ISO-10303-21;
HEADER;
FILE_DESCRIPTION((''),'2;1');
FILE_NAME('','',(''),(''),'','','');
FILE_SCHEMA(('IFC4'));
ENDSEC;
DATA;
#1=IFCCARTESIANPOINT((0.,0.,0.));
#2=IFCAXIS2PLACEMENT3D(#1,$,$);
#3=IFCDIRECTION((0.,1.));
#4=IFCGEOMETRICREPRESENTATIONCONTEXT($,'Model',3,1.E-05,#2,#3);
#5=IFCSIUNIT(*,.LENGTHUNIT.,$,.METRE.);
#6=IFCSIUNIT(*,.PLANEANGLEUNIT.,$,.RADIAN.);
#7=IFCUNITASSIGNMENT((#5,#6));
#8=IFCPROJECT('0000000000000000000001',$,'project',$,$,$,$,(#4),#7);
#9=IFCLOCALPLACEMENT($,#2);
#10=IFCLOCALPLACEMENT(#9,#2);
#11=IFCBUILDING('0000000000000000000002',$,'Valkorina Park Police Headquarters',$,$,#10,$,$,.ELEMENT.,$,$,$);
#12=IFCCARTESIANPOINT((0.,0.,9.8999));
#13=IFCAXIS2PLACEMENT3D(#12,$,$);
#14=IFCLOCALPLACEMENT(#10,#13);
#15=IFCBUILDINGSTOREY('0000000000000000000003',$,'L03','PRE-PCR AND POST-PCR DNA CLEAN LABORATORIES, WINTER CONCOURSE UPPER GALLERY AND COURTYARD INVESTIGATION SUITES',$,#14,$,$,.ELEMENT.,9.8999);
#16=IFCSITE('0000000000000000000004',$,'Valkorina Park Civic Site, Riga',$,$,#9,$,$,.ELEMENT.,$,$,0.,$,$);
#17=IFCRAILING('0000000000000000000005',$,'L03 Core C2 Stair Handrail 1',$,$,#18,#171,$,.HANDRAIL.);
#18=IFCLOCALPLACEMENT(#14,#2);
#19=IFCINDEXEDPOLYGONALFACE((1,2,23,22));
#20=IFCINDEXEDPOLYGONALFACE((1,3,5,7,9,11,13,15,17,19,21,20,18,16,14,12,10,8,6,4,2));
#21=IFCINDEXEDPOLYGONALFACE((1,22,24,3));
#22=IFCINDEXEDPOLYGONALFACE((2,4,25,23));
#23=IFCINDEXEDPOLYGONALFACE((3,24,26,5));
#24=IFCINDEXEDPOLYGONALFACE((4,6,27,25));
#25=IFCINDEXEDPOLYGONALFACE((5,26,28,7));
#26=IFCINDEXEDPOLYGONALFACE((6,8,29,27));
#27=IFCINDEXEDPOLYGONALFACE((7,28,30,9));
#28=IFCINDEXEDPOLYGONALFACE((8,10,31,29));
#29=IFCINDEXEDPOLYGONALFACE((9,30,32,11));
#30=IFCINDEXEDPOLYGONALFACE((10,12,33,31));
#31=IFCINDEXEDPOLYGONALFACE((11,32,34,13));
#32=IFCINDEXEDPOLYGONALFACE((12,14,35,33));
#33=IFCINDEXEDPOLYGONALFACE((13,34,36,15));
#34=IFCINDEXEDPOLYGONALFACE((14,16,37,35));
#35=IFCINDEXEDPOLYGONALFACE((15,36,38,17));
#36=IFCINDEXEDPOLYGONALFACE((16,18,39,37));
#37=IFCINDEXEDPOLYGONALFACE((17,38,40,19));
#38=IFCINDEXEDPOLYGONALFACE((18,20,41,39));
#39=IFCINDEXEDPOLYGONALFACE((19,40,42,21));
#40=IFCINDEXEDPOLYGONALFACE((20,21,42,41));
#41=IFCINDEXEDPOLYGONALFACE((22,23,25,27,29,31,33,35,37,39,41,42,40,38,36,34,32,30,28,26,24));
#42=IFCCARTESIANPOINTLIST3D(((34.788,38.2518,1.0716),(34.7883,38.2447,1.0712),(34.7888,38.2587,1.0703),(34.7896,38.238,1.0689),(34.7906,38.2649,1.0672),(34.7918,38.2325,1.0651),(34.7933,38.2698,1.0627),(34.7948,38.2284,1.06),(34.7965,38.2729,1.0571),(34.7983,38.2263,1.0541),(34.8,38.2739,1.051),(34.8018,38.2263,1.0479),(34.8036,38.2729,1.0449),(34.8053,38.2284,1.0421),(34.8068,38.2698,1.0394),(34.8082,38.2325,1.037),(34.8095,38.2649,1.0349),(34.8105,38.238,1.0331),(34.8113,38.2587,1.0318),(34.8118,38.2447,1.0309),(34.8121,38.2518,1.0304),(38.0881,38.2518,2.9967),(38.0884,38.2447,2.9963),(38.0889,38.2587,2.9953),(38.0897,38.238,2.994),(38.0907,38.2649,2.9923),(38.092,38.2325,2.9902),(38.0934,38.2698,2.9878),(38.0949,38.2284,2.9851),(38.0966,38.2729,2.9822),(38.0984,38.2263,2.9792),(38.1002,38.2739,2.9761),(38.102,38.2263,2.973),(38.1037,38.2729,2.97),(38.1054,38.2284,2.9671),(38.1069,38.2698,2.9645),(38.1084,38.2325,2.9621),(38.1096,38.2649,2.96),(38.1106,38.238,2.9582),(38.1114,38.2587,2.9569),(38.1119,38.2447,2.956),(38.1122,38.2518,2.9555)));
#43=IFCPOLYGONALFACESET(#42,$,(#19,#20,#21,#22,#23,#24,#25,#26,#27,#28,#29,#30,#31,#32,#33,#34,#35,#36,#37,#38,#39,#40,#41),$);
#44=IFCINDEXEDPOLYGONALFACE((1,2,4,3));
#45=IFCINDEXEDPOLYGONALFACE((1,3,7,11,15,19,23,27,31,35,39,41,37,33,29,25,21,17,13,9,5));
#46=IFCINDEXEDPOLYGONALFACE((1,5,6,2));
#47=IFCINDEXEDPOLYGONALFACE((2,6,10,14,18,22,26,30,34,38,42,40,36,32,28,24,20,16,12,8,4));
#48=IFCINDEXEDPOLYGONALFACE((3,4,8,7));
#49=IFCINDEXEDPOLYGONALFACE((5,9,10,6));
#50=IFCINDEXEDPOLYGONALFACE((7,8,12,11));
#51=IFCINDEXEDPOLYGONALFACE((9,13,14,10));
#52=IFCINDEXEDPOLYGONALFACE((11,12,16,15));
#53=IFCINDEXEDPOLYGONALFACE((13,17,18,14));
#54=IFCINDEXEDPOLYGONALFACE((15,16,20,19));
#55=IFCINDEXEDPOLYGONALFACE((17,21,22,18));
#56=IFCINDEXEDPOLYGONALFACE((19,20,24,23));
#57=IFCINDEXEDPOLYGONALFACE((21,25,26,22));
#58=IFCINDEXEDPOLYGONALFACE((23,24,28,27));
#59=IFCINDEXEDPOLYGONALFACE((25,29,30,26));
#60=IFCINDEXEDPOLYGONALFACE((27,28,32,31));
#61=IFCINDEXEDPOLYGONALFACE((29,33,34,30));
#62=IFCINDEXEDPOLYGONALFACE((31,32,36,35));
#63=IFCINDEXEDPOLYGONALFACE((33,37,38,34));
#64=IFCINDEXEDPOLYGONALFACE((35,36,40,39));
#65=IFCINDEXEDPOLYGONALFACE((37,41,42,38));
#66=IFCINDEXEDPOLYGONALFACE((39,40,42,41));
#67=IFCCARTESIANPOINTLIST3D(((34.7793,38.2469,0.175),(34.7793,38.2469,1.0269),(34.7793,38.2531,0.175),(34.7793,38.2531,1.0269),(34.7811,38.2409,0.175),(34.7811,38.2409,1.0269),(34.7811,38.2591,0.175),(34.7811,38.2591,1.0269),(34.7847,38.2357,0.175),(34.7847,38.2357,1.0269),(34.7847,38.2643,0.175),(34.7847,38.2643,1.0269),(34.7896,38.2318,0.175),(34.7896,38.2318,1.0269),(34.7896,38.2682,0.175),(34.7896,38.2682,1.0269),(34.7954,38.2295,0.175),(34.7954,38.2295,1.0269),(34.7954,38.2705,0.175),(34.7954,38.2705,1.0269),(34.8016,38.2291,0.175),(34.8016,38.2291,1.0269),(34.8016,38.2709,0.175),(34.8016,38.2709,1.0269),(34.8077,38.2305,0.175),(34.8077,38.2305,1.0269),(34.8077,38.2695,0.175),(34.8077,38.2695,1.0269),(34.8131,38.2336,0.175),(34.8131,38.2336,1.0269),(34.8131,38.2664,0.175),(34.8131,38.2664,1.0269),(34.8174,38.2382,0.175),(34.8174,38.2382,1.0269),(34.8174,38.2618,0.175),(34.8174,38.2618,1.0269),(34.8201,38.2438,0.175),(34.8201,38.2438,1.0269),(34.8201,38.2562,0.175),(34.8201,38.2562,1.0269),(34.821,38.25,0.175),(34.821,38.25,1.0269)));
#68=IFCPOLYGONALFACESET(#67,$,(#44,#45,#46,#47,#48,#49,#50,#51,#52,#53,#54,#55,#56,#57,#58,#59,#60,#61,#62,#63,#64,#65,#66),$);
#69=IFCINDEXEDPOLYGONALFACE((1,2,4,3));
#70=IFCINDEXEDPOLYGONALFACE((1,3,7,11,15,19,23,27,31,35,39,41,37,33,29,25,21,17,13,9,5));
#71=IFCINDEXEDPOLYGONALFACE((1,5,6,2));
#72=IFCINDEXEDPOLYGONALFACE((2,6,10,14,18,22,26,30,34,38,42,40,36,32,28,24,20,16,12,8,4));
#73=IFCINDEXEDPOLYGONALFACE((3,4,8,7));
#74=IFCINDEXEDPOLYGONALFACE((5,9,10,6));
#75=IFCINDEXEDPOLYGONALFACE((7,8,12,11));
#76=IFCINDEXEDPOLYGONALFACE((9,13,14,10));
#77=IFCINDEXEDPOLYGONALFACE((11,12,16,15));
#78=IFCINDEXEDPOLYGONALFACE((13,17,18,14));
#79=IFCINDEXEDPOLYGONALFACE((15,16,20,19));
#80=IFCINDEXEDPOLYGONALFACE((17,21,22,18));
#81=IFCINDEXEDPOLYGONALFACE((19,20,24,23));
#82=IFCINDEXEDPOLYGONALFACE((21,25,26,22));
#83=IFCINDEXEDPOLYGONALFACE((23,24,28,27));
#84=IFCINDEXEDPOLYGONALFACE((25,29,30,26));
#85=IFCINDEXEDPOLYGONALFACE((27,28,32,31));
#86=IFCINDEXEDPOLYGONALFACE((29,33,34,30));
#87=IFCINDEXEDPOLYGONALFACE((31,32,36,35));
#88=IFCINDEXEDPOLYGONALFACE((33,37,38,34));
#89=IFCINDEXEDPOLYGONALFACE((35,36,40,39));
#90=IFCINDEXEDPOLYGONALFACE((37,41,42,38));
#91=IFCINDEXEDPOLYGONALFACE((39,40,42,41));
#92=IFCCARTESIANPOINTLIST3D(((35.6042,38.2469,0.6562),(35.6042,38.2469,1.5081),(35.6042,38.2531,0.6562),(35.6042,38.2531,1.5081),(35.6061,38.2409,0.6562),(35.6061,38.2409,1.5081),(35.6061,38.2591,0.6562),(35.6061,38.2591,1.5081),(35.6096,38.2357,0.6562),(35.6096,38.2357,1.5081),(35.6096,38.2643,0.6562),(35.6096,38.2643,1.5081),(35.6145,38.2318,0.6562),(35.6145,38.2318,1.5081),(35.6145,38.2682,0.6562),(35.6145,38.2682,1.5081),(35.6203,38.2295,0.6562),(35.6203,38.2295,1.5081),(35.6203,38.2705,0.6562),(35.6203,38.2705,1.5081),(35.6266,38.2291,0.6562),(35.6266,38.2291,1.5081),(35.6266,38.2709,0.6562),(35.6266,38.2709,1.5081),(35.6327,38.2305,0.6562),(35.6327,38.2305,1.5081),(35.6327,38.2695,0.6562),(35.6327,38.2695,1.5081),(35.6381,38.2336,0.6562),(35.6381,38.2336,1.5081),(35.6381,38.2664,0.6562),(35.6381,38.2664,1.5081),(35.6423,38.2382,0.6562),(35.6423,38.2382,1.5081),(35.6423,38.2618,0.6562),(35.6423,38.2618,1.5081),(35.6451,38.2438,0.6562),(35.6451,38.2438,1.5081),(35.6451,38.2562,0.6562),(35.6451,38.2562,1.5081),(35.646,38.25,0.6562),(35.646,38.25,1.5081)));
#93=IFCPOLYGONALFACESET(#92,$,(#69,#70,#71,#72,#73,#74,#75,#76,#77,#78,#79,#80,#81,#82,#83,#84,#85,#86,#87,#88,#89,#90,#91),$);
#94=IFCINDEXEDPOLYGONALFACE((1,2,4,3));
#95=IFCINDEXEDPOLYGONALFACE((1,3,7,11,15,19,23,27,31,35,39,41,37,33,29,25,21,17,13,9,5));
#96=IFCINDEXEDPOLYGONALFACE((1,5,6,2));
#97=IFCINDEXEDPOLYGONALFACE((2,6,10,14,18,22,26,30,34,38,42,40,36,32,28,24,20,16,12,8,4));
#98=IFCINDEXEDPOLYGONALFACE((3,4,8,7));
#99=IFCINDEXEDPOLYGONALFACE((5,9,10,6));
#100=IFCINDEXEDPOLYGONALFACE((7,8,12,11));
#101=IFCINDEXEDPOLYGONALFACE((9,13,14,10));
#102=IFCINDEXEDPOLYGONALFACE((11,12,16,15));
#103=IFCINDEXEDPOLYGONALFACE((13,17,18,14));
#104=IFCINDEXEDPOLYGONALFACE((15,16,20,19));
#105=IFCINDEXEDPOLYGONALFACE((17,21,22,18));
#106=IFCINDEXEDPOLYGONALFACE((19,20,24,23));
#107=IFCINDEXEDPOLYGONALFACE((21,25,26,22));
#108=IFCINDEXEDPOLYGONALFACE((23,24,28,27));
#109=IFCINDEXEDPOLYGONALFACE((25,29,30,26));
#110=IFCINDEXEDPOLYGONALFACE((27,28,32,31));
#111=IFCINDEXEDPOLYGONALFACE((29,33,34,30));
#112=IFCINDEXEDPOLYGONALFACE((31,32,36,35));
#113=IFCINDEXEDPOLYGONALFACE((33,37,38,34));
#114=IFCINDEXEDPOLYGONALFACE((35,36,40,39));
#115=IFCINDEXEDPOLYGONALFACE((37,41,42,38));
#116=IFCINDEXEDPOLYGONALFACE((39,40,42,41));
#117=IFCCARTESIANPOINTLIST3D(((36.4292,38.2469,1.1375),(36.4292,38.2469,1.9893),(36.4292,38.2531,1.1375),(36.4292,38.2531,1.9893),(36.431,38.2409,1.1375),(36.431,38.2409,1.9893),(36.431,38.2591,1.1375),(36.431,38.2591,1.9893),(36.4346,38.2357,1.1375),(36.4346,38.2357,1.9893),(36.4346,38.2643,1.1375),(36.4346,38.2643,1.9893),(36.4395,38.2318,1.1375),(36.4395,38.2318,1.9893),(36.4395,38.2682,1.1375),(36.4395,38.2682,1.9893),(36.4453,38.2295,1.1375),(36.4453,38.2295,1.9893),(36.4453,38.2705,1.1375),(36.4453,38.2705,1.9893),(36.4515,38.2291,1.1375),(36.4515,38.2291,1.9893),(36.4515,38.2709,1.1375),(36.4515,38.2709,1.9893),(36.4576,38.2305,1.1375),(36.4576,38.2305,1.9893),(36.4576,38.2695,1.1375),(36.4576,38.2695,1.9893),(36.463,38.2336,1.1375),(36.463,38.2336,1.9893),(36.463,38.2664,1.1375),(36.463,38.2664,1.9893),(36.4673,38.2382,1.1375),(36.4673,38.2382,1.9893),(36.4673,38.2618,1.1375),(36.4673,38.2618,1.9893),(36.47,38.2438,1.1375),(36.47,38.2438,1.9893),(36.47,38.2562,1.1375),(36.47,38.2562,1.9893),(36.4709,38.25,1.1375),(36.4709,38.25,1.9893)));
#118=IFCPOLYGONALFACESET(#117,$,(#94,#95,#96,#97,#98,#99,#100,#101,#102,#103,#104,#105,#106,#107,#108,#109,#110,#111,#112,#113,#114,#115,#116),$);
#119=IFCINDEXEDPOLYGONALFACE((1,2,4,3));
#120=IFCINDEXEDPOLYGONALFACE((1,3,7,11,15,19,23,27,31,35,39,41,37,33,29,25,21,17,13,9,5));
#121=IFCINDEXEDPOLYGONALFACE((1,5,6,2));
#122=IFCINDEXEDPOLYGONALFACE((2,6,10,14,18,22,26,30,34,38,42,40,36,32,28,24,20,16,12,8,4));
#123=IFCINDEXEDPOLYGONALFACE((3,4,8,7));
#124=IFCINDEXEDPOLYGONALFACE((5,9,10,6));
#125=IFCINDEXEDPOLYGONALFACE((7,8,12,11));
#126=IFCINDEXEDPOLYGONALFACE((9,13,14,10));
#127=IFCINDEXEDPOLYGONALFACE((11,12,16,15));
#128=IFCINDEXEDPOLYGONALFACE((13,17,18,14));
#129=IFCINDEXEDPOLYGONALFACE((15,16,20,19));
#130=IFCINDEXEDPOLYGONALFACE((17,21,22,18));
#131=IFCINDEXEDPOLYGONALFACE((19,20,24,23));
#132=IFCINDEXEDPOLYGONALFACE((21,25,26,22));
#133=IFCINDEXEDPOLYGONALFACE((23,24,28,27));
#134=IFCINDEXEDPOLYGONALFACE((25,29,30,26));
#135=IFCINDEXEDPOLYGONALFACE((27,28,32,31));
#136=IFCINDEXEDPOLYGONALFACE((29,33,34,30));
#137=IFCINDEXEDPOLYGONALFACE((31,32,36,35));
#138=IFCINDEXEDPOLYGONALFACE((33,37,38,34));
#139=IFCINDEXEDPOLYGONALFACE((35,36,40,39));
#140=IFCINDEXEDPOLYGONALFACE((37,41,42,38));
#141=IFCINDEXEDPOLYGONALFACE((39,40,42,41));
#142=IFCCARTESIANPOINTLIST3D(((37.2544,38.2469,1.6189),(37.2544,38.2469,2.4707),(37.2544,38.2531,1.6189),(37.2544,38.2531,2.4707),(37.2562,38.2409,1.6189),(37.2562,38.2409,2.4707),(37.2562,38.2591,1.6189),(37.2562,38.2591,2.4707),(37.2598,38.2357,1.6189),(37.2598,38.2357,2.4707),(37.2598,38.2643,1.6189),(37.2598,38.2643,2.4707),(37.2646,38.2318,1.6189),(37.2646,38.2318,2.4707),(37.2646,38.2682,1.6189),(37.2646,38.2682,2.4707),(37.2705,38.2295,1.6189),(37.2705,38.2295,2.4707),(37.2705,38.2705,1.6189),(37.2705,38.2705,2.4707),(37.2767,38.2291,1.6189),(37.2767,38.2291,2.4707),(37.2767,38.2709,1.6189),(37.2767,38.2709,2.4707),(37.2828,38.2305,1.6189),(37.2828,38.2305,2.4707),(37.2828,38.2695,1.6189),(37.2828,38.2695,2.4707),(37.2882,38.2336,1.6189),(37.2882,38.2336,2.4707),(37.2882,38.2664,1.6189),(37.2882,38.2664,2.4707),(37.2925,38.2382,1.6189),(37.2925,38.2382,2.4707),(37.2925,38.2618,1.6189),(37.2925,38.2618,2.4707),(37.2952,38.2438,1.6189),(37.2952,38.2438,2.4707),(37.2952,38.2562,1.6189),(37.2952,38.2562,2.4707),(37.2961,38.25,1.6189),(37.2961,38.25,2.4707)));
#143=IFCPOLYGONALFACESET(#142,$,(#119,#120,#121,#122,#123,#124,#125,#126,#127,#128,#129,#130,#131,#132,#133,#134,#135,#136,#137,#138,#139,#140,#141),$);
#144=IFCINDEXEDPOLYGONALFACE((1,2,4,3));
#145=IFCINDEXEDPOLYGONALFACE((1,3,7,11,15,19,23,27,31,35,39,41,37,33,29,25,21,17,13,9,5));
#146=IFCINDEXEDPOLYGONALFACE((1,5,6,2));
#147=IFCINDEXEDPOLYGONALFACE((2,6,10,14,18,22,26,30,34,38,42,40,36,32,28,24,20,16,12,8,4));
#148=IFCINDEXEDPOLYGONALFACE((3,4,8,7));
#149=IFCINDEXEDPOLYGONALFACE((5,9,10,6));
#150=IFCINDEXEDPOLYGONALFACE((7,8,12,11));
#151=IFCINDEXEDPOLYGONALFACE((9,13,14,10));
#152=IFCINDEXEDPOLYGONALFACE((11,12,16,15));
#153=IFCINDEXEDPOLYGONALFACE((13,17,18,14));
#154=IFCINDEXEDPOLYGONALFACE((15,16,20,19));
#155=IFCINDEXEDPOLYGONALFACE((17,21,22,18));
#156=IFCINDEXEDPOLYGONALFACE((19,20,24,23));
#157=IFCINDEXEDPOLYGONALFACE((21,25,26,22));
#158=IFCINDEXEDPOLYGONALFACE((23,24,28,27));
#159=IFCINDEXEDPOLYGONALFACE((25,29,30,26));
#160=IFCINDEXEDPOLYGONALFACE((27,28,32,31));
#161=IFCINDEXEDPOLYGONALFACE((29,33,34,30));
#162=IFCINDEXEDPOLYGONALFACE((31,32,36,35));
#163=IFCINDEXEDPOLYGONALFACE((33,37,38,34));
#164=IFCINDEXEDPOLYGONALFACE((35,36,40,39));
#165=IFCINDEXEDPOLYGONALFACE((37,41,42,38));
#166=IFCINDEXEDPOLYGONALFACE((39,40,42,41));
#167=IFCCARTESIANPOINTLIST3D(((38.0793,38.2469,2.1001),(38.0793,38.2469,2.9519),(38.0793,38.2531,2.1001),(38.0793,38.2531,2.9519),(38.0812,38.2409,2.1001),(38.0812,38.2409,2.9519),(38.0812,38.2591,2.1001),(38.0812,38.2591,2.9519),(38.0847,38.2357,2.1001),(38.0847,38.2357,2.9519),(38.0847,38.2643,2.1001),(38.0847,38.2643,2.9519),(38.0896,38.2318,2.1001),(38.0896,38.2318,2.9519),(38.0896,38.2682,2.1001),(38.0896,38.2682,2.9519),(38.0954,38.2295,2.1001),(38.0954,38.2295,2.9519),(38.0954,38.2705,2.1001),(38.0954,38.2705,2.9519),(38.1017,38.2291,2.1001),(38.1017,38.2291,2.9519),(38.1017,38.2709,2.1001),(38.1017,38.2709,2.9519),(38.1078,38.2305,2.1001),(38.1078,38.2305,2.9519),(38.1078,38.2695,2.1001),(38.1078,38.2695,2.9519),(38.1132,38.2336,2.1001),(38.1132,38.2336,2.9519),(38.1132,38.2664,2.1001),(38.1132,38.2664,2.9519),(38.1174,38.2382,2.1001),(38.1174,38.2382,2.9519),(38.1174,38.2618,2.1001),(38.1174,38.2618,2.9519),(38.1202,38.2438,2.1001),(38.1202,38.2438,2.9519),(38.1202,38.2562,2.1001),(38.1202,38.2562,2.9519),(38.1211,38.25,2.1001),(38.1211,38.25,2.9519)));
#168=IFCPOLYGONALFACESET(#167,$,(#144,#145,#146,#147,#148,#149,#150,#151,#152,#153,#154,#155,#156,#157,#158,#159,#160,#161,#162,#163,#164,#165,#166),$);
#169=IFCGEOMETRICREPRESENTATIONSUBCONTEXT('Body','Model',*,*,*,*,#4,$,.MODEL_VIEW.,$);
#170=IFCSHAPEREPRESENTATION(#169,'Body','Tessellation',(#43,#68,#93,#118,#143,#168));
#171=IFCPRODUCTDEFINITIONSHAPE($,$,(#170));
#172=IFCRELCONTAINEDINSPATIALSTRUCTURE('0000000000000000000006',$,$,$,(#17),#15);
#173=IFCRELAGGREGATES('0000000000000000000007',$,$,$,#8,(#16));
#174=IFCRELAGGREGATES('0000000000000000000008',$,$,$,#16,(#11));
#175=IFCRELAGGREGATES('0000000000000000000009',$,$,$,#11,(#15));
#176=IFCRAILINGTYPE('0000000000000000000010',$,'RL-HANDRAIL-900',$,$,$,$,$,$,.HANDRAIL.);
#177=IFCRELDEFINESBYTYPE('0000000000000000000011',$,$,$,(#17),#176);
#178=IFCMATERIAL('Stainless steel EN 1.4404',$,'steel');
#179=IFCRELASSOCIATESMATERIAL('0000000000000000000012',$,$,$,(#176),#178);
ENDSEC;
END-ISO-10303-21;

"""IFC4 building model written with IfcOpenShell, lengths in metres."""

from ifc_helpers import new_model, si_unit, direction, frame, origin, origin_2d, place, context, subcontext, project, spatial, circle, extrude, material, type_object, element, save


model = new_model("IFC4")

# Units and contexts
model_context = context("Model", 3, precision=1e-05, world=origin(), true_north=direction((0.0, 1.0)))
body_context = subcontext(model_context, "Body", "Model", "MODEL_VIEW")
ifc_project = project(units=[si_unit("LENGTHUNIT", "METRE"), si_unit("PLANEANGLEUNIT", "RADIAN")], contexts=[model_context])

# Site, building, storey
site_placement = place(None, origin())
site = spatial("IfcSite", under=ifc_project, at=site_placement, Name="Valkorina Park Civic Site, Riga", CompositionType="ELEMENT", RefElevation=0.0)
building_placement = place(site_placement, origin())
building = spatial("IfcBuilding", under=site, at=building_placement, Name="Valkorina Park Police Headquarters", CompositionType="ELEMENT")
storey_placement = place(building_placement, frame((0.0, 0.0, 9.8999)))
storey = spatial("IfcBuildingStorey", under=building, at=storey_placement, Name="L03", Description="PRE-PCR AND POST-PCR DNA CLEAN LABORATORIES, WINTER CONCOURSE UPPER GALLERY AND COURTYARD INVESTIGATION SUITES", CompositionType="ELEMENT", Elevation=9.8999)

# Railing
ifc_material_1 = material(Name="Stainless steel EN 1.4404", Category="steel")
railing_type = type_object("IfcRailingType", Name="RL-HANDRAIL-900", PredefinedType="HANDRAIL", material=ifc_material_1)
railing_placement = place(storey_placement, frame((34.8, 38.25, 0.175)))
element("IfcRailing", 1, at=railing_placement, inside=storey, type_object=railing_type, Name="L03 Core C2 Stair Handrail 1", PredefinedType="HANDRAIL", context=body_context, shape_type="SweptSolid", body=[
    extrude(circle(Radius=0.0239, at=origin_2d()), frame((0.0, 0.0, 0.876), z_axis=(0.863777, 0.0, 0.503875), x_axis=(0.0, 1.0, 0.0)), (0.0, 0.0, 1.0), 3.8206),
    extrude(circle(Radius=0.021, at=origin_2d()), origin(), (0.0, 0.0, 1.0), 0.8518),
    extrude(circle(Radius=0.021, at=origin_2d()), frame((0.825, 0.0, 0.4812)), (0.0, 0.0, 1.0), 0.8518),
    extrude(circle(Radius=0.021, at=origin_2d()), frame((1.6499, 0.0, 0.9624)), (0.0, 0.0, 1.0), 0.8518),
    extrude(circle(Radius=0.021, at=origin_2d()), frame((2.4751, 0.0, 1.4438)), (0.0, 0.0, 1.0), 0.8518),
    extrude(circle(Radius=0.021, at=origin_2d()), frame((3.3, 0.0, 1.925)), (0.0, 0.0, 1.0), 0.8518),
])

save(model, "model.ifc")
